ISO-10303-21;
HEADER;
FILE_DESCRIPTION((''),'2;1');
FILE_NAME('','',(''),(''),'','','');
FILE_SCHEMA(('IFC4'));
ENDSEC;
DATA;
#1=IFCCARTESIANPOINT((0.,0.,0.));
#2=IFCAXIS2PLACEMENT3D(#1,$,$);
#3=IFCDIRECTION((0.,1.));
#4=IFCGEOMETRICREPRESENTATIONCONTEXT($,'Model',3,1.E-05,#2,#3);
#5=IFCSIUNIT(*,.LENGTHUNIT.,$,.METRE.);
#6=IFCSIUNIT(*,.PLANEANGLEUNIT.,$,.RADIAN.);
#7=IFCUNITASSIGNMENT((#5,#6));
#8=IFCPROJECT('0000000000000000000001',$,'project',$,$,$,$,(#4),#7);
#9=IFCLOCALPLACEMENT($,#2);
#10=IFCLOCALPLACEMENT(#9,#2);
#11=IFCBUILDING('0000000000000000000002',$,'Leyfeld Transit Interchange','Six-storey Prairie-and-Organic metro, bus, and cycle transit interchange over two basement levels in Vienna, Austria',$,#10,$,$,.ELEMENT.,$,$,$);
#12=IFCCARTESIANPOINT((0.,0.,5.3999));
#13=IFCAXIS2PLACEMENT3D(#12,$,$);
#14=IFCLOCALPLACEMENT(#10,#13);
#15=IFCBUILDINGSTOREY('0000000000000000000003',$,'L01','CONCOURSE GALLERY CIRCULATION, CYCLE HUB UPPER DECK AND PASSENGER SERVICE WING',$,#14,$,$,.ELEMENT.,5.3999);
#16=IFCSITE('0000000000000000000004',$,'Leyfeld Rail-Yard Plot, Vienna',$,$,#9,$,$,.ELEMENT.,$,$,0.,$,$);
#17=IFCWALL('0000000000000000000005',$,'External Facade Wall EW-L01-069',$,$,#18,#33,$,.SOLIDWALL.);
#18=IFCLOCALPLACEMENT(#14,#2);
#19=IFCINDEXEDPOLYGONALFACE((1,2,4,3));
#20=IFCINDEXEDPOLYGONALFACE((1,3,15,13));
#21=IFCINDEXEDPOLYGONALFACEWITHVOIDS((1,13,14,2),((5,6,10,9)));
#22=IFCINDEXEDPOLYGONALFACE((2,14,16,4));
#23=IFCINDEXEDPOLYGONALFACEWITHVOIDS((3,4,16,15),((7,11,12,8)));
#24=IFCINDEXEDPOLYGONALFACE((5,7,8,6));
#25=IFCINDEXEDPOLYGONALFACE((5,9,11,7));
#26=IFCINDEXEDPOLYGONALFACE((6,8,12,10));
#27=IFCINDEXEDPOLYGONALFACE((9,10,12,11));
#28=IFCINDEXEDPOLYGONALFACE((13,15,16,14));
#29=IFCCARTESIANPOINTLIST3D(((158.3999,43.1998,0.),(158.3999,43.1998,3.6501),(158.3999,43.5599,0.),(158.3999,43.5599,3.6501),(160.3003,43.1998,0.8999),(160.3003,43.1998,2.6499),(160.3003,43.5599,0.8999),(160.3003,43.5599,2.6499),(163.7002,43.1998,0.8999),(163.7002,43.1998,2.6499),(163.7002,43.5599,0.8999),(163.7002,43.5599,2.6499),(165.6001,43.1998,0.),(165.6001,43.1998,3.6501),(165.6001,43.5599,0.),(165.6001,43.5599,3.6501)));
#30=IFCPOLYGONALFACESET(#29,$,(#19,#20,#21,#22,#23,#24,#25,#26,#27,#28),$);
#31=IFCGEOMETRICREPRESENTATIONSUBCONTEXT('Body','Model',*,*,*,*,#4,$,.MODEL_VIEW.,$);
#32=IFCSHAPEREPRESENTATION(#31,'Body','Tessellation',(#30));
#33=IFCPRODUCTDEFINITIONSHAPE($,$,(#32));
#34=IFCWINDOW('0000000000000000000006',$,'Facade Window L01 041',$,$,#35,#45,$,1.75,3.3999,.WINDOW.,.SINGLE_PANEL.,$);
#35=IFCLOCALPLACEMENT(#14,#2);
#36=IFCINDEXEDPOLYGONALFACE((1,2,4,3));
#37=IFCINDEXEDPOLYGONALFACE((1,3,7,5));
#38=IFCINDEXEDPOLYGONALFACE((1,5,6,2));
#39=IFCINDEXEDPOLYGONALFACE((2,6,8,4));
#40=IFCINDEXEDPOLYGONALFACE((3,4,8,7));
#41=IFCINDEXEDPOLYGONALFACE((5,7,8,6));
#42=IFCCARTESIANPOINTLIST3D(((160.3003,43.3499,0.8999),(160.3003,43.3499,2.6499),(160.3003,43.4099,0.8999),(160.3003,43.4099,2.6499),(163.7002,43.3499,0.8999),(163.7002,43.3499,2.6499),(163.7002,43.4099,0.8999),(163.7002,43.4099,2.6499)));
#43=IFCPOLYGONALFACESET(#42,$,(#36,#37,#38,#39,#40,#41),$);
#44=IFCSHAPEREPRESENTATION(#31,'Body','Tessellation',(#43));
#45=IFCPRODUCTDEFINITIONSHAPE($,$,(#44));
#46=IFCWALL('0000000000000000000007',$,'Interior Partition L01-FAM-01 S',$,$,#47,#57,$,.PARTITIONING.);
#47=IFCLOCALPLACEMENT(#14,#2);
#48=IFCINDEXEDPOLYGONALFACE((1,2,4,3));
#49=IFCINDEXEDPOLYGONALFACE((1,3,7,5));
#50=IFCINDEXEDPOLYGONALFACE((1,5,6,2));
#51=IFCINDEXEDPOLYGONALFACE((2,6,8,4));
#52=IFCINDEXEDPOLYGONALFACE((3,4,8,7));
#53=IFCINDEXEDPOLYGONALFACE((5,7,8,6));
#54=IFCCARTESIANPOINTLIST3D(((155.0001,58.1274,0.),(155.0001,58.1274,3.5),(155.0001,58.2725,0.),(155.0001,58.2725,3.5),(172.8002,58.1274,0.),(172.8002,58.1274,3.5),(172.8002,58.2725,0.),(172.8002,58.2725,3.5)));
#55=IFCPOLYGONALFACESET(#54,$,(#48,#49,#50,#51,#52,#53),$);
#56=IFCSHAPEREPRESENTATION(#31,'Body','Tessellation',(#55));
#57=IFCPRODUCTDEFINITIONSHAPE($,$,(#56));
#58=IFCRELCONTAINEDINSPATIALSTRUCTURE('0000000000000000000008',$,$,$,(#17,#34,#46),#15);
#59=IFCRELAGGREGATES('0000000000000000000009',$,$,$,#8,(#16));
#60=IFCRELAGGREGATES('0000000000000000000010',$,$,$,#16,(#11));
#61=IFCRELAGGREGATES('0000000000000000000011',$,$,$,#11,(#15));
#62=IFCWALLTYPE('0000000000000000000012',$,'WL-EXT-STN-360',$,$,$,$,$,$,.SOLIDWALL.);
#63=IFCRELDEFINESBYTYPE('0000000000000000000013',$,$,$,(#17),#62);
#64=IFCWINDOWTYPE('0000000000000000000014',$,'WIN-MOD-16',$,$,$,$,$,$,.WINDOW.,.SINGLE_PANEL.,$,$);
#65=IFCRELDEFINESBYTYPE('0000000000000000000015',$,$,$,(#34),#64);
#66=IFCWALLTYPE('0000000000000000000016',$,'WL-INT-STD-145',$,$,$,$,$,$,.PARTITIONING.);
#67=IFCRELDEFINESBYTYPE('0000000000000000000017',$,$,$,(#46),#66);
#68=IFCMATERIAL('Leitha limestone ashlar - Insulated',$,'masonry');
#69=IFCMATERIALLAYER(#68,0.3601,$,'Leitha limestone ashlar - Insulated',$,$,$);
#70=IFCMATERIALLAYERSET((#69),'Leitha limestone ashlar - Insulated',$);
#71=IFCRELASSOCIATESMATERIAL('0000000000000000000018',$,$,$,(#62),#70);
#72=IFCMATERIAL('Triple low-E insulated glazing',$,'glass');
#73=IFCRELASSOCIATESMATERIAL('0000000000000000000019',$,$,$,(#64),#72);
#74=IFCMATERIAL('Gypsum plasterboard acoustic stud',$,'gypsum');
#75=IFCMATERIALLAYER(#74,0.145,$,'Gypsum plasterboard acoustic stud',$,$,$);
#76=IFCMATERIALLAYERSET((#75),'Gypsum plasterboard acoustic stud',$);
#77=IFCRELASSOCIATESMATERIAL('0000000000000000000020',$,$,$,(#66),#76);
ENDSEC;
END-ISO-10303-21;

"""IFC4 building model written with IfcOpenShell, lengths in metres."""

from ifc_helpers import new_model, si_unit, direction, frame, frame_2d, origin, place, context, subcontext, project, spatial, rectangle, extrude, material, layer, layer_set, type_object, element, fill, save


model = new_model("IFC4")

# Units and contexts
model_context = context("Model", 3, precision=1e-05, world=origin(), true_north=direction((0.0, 1.0)))
body_context = subcontext(model_context, "Body", "Model", "MODEL_VIEW")
ifc_project = project(units=[si_unit("LENGTHUNIT", "METRE"), si_unit("PLANEANGLEUNIT", "RADIAN")], contexts=[model_context])

# Site, building, storey
site_placement = place(None, origin())
site = spatial("IfcSite", under=ifc_project, at=site_placement, Name="Leyfeld Rail-Yard Plot, Vienna", CompositionType="ELEMENT", RefElevation=0.0)
building_placement = place(site_placement, origin())
building = spatial("IfcBuilding", under=site, at=building_placement, Name="Leyfeld Transit Interchange", Description="Six-storey Prairie-and-Organic metro, bus, and cycle transit interchange over two basement levels in Vienna, Austria", CompositionType="ELEMENT")
storey_placement = place(building_placement, frame((0.0, 0.0, 5.3999)))
storey = spatial("IfcBuildingStorey", under=building, at=storey_placement, Name="L01", Description="CONCOURSE GALLERY CIRCULATION, CYCLE HUB UPPER DECK AND PASSENGER SERVICE WING", CompositionType="ELEMENT", Elevation=5.3999)

# Wall, opening, window
ifc_material_1 = material(Name="Leitha limestone ashlar - Insulated", Category="masonry")
ifc_layer_1 = layer(ifc_material_1, 0.3601, Name="Leitha limestone ashlar - Insulated")
ifc_layer_set_1 = layer_set([ifc_layer_1], Name="Leitha limestone ashlar - Insulated")
wall_type_1 = type_object("IfcWallType", Name="WL-EXT-STN-360", PredefinedType="SOLIDWALL", material=ifc_layer_set_1)
wall_1_placement = place(storey_placement, frame((165.6001, 43.3799, 0.0), z_axis=(0.0, 0.0, 1.0), x_axis=(-1.0, 0.0, 0.0)))
wall_1 = element("IfcWall", 1, at=wall_1_placement, inside=storey, type_object=wall_type_1, Name="External Facade Wall EW-L01-069", PredefinedType="SOLIDWALL", context=body_context, shape_type="SweptSolid", body=[
    extrude(rectangle(XDim=7.2002, YDim=0.3601, at=frame_2d((3.6001, 0.0))), origin(), (0.0, 0.0, 1.0), 3.6501),
])
opening_placement = place(wall_1_placement, frame((1.8999, 0.0, 0.8999)))
opening = element("IfcOpeningElement", 2, at=opening_placement, cuts=wall_1, PredefinedType="OPENING", context=body_context, shape_type="SweptSolid", body=[
    extrude(rectangle(XDim=3.3999, YDim=1.75, at=frame_2d((1.7, 0.875))), frame((0.0, 0.1899, 0.0), z_axis=(0.0, -1.0, 0.0), x_axis=(1.0, 0.0, 0.0)), (0.0, 0.0, 1.0), 0.3801),
])
ifc_material_2 = material(Name="Triple low-E insulated glazing", Category="glass")
window_type = type_object("IfcWindowType", Name="WIN-MOD-16", PartitioningType="SINGLE_PANEL", PredefinedType="WINDOW", material=ifc_material_2)
window_placement = place(opening_placement, origin())
window = element("IfcWindow", 3, at=window_placement, inside=storey, type_object=window_type, Name="Facade Window L01 041", OverallHeight=1.75, OverallWidth=3.3999, PartitioningType="SINGLE_PANEL", PredefinedType="WINDOW", context=body_context, shape_type="SweptSolid", body=[
    extrude(rectangle(XDim=3.3999, YDim=1.75, at=frame_2d((1.7, 0.875))), frame((0.0, 0.03, 0.0), z_axis=(0.0, -1.0, 0.0), x_axis=(1.0, 0.0, 0.0)), (0.0, 0.0, 1.0), 0.0601),
])
fill(opening, window)

# Wall
ifc_material_3 = material(Name="Gypsum plasterboard acoustic stud", Category="gypsum")
ifc_layer_2 = layer(ifc_material_3, 0.145, Name="Gypsum plasterboard acoustic stud")
ifc_layer_set_2 = layer_set([ifc_layer_2], Name="Gypsum plasterboard acoustic stud")
wall_type_2 = type_object("IfcWallType", Name="WL-INT-STD-145", PredefinedType="PARTITIONING", material=ifc_layer_set_2)
wall_2_placement = place(storey_placement, frame((172.8, 58.2, 0.0), z_axis=(0.0, 0.0, 1.0), x_axis=(-1.0, 0.0, 0.0)))
element("IfcWall", 4, at=wall_2_placement, inside=storey, type_object=wall_type_2, Name="Interior Partition L01-FAM-01 S", PredefinedType="PARTITIONING", context=body_context, shape_type="SweptSolid", body=[
    extrude(rectangle(XDim=17.8, YDim=0.145, at=frame_2d((8.8999, 0.0))), origin(), (0.0, 0.0, 1.0), 3.5),
])

save(model, "model.ifc")
